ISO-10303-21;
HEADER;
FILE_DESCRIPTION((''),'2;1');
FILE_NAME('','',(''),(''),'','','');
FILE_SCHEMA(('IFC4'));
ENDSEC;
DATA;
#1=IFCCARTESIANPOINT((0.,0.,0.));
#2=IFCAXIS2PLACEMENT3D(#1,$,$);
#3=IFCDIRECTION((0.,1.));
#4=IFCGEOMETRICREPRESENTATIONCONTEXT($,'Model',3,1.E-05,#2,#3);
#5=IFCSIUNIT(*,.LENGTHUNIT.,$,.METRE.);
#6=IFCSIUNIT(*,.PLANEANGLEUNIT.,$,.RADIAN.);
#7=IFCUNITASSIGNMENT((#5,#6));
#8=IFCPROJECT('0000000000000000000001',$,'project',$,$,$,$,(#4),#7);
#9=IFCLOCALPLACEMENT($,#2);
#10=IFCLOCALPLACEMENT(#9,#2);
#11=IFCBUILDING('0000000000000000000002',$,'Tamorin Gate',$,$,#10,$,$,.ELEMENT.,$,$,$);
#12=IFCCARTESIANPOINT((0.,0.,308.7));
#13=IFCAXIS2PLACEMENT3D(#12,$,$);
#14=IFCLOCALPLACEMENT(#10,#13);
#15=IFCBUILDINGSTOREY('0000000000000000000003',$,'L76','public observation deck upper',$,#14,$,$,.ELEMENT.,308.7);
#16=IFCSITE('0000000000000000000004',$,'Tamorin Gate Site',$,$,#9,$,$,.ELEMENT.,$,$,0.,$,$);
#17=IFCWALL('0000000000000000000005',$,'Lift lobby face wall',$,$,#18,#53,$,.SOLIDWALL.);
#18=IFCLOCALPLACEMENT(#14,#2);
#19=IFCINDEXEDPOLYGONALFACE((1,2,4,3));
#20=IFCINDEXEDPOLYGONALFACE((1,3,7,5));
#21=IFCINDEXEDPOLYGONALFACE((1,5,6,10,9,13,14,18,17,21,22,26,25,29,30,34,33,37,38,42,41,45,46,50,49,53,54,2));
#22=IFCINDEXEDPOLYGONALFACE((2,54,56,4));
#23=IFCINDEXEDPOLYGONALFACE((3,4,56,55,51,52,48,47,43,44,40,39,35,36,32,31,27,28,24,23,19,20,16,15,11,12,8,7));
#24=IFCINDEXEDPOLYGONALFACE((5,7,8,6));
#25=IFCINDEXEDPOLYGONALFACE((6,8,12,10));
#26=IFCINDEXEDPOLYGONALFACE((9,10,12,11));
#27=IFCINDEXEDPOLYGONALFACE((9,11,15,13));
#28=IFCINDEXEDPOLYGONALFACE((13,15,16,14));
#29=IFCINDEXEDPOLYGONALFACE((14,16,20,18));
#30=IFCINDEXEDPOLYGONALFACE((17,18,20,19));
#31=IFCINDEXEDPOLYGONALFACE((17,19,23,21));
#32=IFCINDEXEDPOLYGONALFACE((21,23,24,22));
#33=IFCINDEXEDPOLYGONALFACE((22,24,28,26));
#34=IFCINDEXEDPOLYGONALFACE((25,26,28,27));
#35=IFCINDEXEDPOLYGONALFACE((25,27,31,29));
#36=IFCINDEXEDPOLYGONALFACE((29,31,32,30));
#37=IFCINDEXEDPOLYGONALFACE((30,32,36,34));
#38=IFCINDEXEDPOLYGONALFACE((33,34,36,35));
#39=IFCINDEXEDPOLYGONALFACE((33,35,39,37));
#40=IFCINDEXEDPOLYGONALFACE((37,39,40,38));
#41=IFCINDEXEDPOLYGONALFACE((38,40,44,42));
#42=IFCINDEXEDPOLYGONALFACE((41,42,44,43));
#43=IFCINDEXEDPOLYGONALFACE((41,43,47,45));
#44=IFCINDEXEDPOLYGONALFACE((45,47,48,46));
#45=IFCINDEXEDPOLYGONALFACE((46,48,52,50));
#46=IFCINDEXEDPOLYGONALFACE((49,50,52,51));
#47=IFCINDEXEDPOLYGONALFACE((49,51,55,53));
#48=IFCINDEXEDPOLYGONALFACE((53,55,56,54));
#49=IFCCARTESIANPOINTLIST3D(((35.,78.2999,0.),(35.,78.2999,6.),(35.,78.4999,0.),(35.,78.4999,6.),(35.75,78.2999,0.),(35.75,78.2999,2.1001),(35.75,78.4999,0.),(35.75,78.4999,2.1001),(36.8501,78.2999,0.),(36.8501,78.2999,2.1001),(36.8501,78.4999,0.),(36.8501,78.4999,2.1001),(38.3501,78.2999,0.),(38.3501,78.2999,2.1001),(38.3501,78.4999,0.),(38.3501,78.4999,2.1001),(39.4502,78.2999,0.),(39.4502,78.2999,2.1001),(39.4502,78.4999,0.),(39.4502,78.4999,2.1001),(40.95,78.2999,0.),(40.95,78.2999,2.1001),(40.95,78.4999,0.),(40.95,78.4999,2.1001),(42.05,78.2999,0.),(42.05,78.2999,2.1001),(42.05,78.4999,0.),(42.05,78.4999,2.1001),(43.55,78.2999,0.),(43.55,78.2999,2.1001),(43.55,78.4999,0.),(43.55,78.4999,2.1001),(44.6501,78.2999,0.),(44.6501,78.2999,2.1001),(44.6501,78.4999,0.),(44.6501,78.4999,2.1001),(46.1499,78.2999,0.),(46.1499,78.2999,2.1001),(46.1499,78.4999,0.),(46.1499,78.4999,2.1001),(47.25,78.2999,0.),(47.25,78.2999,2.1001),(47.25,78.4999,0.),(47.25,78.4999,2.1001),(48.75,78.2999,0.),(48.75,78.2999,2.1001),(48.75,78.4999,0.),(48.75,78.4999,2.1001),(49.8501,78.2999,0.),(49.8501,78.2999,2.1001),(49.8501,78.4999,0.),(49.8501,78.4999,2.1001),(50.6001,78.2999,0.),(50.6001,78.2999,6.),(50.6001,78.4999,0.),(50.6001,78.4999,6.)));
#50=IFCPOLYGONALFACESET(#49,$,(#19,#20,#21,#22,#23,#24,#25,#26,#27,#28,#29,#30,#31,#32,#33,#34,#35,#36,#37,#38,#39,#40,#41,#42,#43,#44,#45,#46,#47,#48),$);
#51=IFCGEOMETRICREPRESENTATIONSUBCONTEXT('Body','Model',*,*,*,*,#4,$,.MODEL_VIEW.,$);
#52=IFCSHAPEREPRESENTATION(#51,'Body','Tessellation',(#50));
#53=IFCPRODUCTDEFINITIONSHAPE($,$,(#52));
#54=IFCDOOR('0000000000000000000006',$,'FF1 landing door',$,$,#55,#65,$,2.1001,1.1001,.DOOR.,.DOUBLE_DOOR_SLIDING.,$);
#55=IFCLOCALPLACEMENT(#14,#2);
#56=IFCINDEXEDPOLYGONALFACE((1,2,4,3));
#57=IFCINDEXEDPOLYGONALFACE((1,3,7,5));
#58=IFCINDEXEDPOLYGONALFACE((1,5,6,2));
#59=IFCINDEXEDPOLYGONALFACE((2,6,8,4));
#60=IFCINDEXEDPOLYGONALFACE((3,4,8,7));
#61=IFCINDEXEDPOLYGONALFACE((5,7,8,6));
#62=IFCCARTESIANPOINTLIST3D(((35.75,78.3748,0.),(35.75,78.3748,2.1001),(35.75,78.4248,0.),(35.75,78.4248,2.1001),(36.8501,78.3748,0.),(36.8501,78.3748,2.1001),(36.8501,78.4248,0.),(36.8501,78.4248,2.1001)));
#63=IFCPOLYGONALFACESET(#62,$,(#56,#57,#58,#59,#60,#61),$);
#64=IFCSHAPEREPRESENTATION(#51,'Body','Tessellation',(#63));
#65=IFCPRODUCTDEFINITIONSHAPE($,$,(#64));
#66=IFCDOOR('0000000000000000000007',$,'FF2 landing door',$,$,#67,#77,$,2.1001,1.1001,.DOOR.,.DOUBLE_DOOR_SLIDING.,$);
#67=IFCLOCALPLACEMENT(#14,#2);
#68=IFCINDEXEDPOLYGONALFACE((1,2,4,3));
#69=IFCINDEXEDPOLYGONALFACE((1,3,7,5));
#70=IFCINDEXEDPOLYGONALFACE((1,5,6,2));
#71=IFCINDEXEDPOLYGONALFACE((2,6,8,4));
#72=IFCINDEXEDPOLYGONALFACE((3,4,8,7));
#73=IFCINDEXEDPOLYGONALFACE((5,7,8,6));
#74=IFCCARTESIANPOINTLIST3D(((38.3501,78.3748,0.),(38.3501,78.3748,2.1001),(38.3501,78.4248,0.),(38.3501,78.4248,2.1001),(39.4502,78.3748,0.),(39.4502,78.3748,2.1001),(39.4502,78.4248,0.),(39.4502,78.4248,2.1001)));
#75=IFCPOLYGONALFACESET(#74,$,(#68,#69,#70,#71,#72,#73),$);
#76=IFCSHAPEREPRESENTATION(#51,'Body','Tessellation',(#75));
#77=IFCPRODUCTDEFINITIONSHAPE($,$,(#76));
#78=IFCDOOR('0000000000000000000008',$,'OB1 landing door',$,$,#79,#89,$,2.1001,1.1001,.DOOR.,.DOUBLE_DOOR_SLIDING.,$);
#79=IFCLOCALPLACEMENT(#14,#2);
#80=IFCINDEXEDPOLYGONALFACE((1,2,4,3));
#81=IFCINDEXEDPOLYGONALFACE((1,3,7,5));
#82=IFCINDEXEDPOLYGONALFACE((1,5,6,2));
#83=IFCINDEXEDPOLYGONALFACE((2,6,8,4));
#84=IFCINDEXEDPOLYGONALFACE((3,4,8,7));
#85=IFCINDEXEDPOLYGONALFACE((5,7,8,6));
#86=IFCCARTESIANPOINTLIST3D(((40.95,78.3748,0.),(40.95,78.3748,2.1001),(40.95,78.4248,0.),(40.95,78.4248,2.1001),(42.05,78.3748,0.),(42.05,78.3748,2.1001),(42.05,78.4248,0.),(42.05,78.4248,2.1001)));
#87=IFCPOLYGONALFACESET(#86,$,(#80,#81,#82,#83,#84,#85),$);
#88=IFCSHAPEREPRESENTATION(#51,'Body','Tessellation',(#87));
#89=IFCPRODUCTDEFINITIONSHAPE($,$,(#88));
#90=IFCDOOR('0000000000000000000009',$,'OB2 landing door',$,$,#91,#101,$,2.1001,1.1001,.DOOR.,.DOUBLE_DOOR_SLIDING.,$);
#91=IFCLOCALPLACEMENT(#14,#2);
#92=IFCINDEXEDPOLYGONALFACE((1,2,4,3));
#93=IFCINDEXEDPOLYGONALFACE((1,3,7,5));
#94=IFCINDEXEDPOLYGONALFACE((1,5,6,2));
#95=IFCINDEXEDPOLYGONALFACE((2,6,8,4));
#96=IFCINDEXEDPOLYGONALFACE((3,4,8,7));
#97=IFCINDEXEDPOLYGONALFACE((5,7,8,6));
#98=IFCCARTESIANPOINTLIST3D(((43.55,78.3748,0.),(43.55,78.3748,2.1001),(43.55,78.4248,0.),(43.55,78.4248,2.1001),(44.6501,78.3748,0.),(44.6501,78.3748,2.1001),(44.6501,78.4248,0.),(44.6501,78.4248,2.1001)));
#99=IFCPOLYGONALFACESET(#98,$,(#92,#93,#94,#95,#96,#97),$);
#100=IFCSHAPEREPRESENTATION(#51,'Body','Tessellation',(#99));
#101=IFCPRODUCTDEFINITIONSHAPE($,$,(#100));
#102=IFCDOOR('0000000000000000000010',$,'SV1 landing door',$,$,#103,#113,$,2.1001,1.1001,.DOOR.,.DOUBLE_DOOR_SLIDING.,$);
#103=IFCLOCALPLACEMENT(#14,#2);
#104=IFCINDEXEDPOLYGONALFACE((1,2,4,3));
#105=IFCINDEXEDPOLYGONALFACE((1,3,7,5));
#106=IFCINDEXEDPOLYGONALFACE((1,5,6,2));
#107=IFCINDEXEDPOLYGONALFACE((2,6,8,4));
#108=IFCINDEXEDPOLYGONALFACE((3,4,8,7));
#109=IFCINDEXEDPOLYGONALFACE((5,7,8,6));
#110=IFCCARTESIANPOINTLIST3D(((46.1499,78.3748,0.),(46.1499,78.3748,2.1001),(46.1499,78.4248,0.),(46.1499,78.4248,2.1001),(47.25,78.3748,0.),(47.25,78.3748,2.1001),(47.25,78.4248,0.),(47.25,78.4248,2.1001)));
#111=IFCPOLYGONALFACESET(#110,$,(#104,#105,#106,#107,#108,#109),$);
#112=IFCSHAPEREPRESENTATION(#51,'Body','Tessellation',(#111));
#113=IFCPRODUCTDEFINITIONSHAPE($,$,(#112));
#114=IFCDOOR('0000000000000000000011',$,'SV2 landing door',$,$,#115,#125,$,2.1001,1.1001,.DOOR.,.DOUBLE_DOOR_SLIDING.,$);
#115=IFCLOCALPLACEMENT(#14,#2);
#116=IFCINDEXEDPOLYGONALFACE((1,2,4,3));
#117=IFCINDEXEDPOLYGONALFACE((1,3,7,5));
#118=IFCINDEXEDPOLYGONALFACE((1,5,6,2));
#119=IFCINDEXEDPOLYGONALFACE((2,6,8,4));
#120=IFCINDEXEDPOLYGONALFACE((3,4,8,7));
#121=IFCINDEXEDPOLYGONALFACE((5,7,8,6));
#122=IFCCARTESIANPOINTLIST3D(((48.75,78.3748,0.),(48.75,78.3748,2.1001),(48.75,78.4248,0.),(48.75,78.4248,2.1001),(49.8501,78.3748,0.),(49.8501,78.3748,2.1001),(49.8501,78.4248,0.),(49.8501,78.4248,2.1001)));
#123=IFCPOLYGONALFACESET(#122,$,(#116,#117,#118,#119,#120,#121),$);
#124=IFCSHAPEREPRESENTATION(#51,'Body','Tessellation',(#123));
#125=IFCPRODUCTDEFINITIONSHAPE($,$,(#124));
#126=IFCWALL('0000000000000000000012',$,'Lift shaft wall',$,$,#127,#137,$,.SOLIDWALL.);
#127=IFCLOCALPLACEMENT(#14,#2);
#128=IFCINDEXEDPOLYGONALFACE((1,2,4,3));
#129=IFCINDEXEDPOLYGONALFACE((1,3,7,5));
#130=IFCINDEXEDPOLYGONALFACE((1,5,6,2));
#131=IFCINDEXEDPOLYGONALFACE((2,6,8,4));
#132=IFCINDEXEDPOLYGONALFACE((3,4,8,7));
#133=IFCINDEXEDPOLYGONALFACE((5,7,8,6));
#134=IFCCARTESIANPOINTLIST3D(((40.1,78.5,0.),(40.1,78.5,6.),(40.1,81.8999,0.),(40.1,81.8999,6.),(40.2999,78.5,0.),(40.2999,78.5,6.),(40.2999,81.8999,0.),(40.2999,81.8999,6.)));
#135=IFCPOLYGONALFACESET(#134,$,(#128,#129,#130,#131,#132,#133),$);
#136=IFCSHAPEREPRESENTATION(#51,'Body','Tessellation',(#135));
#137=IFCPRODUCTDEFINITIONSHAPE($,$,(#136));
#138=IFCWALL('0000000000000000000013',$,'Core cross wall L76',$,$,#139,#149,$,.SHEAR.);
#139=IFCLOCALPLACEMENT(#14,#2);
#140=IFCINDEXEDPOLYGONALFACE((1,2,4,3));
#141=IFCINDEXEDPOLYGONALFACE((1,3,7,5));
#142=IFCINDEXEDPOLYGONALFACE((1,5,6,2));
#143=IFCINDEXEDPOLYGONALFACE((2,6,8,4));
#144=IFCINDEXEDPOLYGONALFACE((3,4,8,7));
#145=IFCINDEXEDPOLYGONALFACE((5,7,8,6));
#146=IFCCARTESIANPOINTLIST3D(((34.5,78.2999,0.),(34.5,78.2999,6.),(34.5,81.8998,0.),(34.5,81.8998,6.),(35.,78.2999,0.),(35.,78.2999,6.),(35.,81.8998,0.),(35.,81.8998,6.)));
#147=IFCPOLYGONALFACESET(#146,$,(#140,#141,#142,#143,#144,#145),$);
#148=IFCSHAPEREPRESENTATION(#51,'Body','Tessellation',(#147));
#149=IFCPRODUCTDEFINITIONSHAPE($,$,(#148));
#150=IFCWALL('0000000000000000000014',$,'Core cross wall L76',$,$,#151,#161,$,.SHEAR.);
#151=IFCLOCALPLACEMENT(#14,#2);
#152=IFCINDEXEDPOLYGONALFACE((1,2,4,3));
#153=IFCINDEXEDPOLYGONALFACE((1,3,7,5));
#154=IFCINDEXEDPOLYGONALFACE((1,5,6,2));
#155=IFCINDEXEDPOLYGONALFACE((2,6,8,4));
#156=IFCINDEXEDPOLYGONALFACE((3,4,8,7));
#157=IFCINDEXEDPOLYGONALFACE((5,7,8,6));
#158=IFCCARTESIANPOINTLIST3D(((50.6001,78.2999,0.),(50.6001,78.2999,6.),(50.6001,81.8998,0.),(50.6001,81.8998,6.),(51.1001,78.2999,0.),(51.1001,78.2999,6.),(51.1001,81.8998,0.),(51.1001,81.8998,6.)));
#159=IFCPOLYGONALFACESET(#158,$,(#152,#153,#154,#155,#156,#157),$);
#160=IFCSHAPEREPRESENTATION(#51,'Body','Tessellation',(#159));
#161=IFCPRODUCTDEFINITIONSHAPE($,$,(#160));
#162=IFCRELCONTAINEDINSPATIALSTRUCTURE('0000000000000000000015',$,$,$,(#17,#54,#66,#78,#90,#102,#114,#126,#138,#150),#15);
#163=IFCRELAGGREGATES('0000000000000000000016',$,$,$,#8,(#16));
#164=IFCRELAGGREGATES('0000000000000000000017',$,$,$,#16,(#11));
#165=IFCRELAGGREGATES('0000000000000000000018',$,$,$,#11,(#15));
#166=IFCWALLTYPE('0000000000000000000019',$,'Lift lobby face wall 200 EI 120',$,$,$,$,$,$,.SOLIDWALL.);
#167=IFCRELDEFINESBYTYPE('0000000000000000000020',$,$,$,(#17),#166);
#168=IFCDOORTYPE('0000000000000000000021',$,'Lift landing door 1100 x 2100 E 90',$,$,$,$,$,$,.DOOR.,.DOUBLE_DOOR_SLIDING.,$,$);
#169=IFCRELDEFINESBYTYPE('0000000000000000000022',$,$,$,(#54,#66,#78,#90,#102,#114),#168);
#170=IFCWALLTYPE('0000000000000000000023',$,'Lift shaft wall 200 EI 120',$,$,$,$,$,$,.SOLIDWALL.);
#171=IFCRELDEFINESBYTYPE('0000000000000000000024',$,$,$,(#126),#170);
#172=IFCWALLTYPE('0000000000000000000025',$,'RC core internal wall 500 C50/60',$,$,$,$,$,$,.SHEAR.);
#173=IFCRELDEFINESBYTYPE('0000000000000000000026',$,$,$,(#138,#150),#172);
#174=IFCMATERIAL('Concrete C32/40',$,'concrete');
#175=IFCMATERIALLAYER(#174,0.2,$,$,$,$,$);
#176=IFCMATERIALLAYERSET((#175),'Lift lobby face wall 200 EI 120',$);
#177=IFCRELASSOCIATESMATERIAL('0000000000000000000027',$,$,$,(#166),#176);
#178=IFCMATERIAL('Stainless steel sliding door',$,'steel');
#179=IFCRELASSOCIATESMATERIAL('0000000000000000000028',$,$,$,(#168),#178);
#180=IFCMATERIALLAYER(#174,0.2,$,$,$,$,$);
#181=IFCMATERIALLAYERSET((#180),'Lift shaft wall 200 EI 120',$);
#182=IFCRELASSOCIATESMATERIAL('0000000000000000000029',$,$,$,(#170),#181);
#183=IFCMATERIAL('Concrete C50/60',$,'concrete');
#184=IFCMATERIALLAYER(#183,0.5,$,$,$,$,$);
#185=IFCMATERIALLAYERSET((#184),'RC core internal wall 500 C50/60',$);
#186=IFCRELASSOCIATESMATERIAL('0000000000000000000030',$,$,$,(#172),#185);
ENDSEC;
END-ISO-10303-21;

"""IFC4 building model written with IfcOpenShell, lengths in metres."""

from ifc_helpers import new_model, si_unit, direction, frame, frame_2d, origin, place, context, subcontext, project, spatial, rectangle, extrude, material, layer, layer_set, type_object, element, fill, save


model = new_model("IFC4")

# Units and contexts
model_context = context("Model", 3, precision=1e-05, world=origin(), true_north=direction((0.0, 1.0)))
body_context = subcontext(model_context, "Body", "Model", "MODEL_VIEW")
ifc_project = project(units=[si_unit("LENGTHUNIT", "METRE"), si_unit("PLANEANGLEUNIT", "RADIAN")], contexts=[model_context])

# Site, building, storey
site_placement = place(None, origin())
site = spatial("IfcSite", under=ifc_project, at=site_placement, Name="Tamorin Gate Site", CompositionType="ELEMENT", RefElevation=0.0)
building_placement = place(site_placement, origin())
building = spatial("IfcBuilding", under=site, at=building_placement, Name="Tamorin Gate", CompositionType="ELEMENT")
storey_placement = place(building_placement, frame((0.0, 0.0, 308.7)))
storey = spatial("IfcBuildingStorey", under=building, at=storey_placement, Name="L76", Description="public observation deck upper", CompositionType="ELEMENT", Elevation=308.7)

# Wall, openings, doors
ifc_material_1 = material(Name="Concrete C32/40", Category="concrete")
ifc_layer_1 = layer(ifc_material_1, 0.2)
ifc_layer_set_1 = layer_set([ifc_layer_1], Name="Lift lobby face wall 200 EI 120")
wall_type_1 = type_object("IfcWallType", Name="Lift lobby face wall 200 EI 120", PredefinedType="SOLIDWALL", material=ifc_layer_set_1)
wall_1_placement = place(storey_placement, frame((35.0, 78.3999, 0.0), z_axis=(0.0, 0.0, 1.0), x_axis=(1.0, 0.0, 0.0)))
wall_1 = element("IfcWall", 1, at=wall_1_placement, inside=storey, type_object=wall_type_1, Name="Lift lobby face wall", PredefinedType="SOLIDWALL", context=body_context, shape_type="SweptSolid", body=[
    extrude(rectangle(XDim=15.6001, YDim=0.2, at=frame_2d((7.8, 0.0))), origin(), (0.0, 0.0, 1.0), 6.0),
])
opening_1_placement = place(wall_1_placement, frame((0.75, 0.0, 0.0)))
opening_1 = element("IfcOpeningElement", 2, at=opening_1_placement, cuts=wall_1, PredefinedType="OPENING", context=body_context, shape_type="SweptSolid", body=[
    extrude(rectangle(XDim=1.1001, YDim=2.1001, at=frame_2d((0.55, 1.05))), frame((0.0, 0.1099, 0.0), z_axis=(0.0, -1.0, 0.0), x_axis=(1.0, 0.0, 0.0)), (0.0, 0.0, 1.0), 0.22),
])
opening_2_placement = place(wall_1_placement, frame((3.3501, 0.0, 0.0)))
opening_2 = element("IfcOpeningElement", 3, at=opening_2_placement, cuts=wall_1, PredefinedType="OPENING", context=body_context, shape_type="SweptSolid", body=[
    extrude(rectangle(XDim=1.1001, YDim=2.1001, at=frame_2d((0.55, 1.05))), frame((0.0, 0.1099, 0.0), z_axis=(0.0, -1.0, 0.0), x_axis=(1.0, 0.0, 0.0)), (0.0, 0.0, 1.0), 0.22),
])
opening_3_placement = place(wall_1_placement, frame((5.95, 0.0, 0.0)))
opening_3 = element("IfcOpeningElement", 4, at=opening_3_placement, cuts=wall_1, PredefinedType="OPENING", context=body_context, shape_type="SweptSolid", body=[
    extrude(rectangle(XDim=1.1001, YDim=2.1001, at=frame_2d((0.55, 1.05))), frame((0.0, 0.1099, 0.0), z_axis=(0.0, -1.0, 0.0), x_axis=(1.0, 0.0, 0.0)), (0.0, 0.0, 1.0), 0.22),
])
opening_4_placement = place(wall_1_placement, frame((8.55, 0.0, 0.0)))
opening_4 = element("IfcOpeningElement", 5, at=opening_4_placement, cuts=wall_1, PredefinedType="OPENING", context=body_context, shape_type="SweptSolid", body=[
    extrude(rectangle(XDim=1.1001, YDim=2.1001, at=frame_2d((0.55, 1.05))), frame((0.0, 0.1099, 0.0), z_axis=(0.0, -1.0, 0.0), x_axis=(1.0, 0.0, 0.0)), (0.0, 0.0, 1.0), 0.22),
])
opening_5_placement = place(wall_1_placement, frame((11.1499, 0.0, 0.0)))
opening_5 = element("IfcOpeningElement", 6, at=opening_5_placement, cuts=wall_1, PredefinedType="OPENING", context=body_context, shape_type="SweptSolid", body=[
    extrude(rectangle(XDim=1.1001, YDim=2.1001, at=frame_2d((0.55, 1.05))), frame((0.0, 0.1099, 0.0), z_axis=(0.0, -1.0, 0.0), x_axis=(1.0, 0.0, 0.0)), (0.0, 0.0, 1.0), 0.22),
])
opening_6_placement = place(wall_1_placement, frame((13.75, 0.0, 0.0)))
opening_6 = element("IfcOpeningElement", 7, at=opening_6_placement, cuts=wall_1, PredefinedType="OPENING", context=body_context, shape_type="SweptSolid", body=[
    extrude(rectangle(XDim=1.1001, YDim=2.1001, at=frame_2d((0.55, 1.05))), frame((0.0, 0.1099, 0.0), z_axis=(0.0, -1.0, 0.0), x_axis=(1.0, 0.0, 0.0)), (0.0, 0.0, 1.0), 0.22),
])
ifc_material_2 = material(Name="Stainless steel sliding door", Category="steel")
door_type_1 = type_object("IfcDoorType", Name="Lift landing door 1100 x 2100 E 90", OperationType="DOUBLE_DOOR_SLIDING", PredefinedType="DOOR", material=ifc_material_2)
door_1_placement = place(opening_1_placement, origin())
door_1 = element("IfcDoor", 8, at=door_1_placement, inside=storey, type_object=door_type_1, Name="FF1 landing door", OperationType="DOUBLE_DOOR_SLIDING", OverallHeight=2.1001, OverallWidth=1.1001, PredefinedType="DOOR", context=body_context, shape_type="SweptSolid", body=[
    extrude(rectangle(XDim=1.1001, YDim=2.1001, at=frame_2d((0.55, 1.05))), frame((0.0, 0.0249, 0.0), z_axis=(0.0, -1.0, 0.0), x_axis=(1.0, 0.0, 0.0)), (0.0, 0.0, 1.0), 0.05),
])
fill(opening_1, door_1)
door_2_placement = place(opening_2_placement, origin())
door_2 = element("IfcDoor", 9, at=door_2_placement, inside=storey, type_object=door_type_1, Name="FF2 landing door", OperationType="DOUBLE_DOOR_SLIDING", OverallHeight=2.1001, OverallWidth=1.1001, PredefinedType="DOOR", context=body_context, shape_type="SweptSolid", body=[
    extrude(rectangle(XDim=1.1001, YDim=2.1001, at=frame_2d((0.55, 1.05))), frame((0.0, 0.0249, 0.0), z_axis=(0.0, -1.0, 0.0), x_axis=(1.0, 0.0, 0.0)), (0.0, 0.0, 1.0), 0.05),
])
fill(opening_2, door_2)
door_3_placement = place(opening_3_placement, origin())
door_3 = element("IfcDoor", 10, at=door_3_placement, inside=storey, type_object=door_type_1, Name="OB1 landing door", OperationType="DOUBLE_DOOR_SLIDING", OverallHeight=2.1001, OverallWidth=1.1001, PredefinedType="DOOR", context=body_context, shape_type="SweptSolid", body=[
    extrude(rectangle(XDim=1.1001, YDim=2.1001, at=frame_2d((0.55, 1.05))), frame((0.0, 0.0249, 0.0), z_axis=(0.0, -1.0, 0.0), x_axis=(1.0, 0.0, 0.0)), (0.0, 0.0, 1.0), 0.05),
])
fill(opening_3, door_3)
door_4_placement = place(opening_4_placement, origin())
door_4 = element("IfcDoor", 11, at=door_4_placement, inside=storey, type_object=door_type_1, Name="OB2 landing door", OperationType="DOUBLE_DOOR_SLIDING", OverallHeight=2.1001, OverallWidth=1.1001, PredefinedType="DOOR", context=body_context, shape_type="SweptSolid", body=[
    extrude(rectangle(XDim=1.1001, YDim=2.1001, at=frame_2d((0.55, 1.05))), frame((0.0, 0.0249, 0.0), z_axis=(0.0, -1.0, 0.0), x_axis=(1.0, 0.0, 0.0)), (0.0, 0.0, 1.0), 0.05),
])
fill(opening_4, door_4)
door_5_placement = place(opening_5_placement, origin())
door_5 = element("IfcDoor", 12, at=door_5_placement, inside=storey, type_object=door_type_1, Name="SV1 landing door", OperationType="DOUBLE_DOOR_SLIDING", OverallHeight=2.1001, OverallWidth=1.1001, PredefinedType="DOOR", context=body_context, shape_type="SweptSolid", body=[
    extrude(rectangle(XDim=1.1001, YDim=2.1001, at=frame_2d((0.55, 1.05))), frame((0.0, 0.0249, 0.0), z_axis=(0.0, -1.0, 0.0), x_axis=(1.0, 0.0, 0.0)), (0.0, 0.0, 1.0), 0.05),
])
fill(opening_5, door_5)
door_6_placement = place(opening_6_placement, origin())
door_6 = element("IfcDoor", 13, at=door_6_placement, inside=storey, type_object=door_type_1, Name="SV2 landing door", OperationType="DOUBLE_DOOR_SLIDING", OverallHeight=2.1001, OverallWidth=1.1001, PredefinedType="DOOR", context=body_context, shape_type="SweptSolid", body=[
    extrude(rectangle(XDim=1.1001, YDim=2.1001, at=frame_2d((0.55, 1.05))), frame((0.0, 0.0249, 0.0), z_axis=(0.0, -1.0, 0.0), x_axis=(1.0, 0.0, 0.0)), (0.0, 0.0, 1.0), 0.05),
])
fill(opening_6, door_6)

# Walls
ifc_layer_2 = layer(ifc_material_1, 0.2)
ifc_layer_set_2 = layer_set([ifc_layer_2], Name="Lift shaft wall 200 EI 120")
wall_type_2 = type_object("IfcWallType", Name="Lift shaft wall 200 EI 120", PredefinedType="SOLIDWALL", material=ifc_layer_set_2)
wall_2_placement = place(storey_placement, frame((40.2, 78.5, 0.0), z_axis=(0.0, 0.0, 1.0), x_axis=(0.0, 1.0, 0.0)))
element("IfcWall", 14, at=wall_2_placement, inside=storey, type_object=wall_type_2, Name="Lift shaft wall", PredefinedType="SOLIDWALL", context=body_context, shape_type="SweptSolid", body=[
    extrude(rectangle(XDim=3.3999, YDim=0.2, at=frame_2d((1.7, 0.0))), origin(), (0.0, 0.0, 1.0), 6.0),
])
ifc_material_3 = material(Name="Concrete C50/60", Category="concrete")
ifc_layer_3 = layer(ifc_material_3, 0.5)
ifc_layer_set_3 = layer_set([ifc_layer_3], Name="RC core internal wall 500 C50/60")
wall_type_3 = type_object("IfcWallType", Name="RC core internal wall 500 C50/60", PredefinedType="SHEAR", material=ifc_layer_set_3)
for number, where, z_axis, x_axis, name in (
    (15, (34.75, 78.3, 0.0), (0.0, 0.0, 1.0), (0.0, 1.0, 0.0), "Core cross wall L76"),
    (16, (50.8501, 78.3, 0.0), (0.0, 0.0, 1.0), (0.0, 1.0, 0.0), "Core cross wall L76"),
):
    element("IfcWall", number, at=place(storey_placement, frame(where, z_axis=z_axis, x_axis=x_axis)), inside=storey, type_object=wall_type_3, Name=name, PredefinedType="SHEAR", context=body_context, shape_type="SweptSolid", body=[
        extrude(rectangle(XDim=3.5999, YDim=0.5, at=frame_2d((1.7998, 0.0))), origin(), (0.0, 0.0, 1.0), 6.0),
    ])

save(model, "model.ifc")
